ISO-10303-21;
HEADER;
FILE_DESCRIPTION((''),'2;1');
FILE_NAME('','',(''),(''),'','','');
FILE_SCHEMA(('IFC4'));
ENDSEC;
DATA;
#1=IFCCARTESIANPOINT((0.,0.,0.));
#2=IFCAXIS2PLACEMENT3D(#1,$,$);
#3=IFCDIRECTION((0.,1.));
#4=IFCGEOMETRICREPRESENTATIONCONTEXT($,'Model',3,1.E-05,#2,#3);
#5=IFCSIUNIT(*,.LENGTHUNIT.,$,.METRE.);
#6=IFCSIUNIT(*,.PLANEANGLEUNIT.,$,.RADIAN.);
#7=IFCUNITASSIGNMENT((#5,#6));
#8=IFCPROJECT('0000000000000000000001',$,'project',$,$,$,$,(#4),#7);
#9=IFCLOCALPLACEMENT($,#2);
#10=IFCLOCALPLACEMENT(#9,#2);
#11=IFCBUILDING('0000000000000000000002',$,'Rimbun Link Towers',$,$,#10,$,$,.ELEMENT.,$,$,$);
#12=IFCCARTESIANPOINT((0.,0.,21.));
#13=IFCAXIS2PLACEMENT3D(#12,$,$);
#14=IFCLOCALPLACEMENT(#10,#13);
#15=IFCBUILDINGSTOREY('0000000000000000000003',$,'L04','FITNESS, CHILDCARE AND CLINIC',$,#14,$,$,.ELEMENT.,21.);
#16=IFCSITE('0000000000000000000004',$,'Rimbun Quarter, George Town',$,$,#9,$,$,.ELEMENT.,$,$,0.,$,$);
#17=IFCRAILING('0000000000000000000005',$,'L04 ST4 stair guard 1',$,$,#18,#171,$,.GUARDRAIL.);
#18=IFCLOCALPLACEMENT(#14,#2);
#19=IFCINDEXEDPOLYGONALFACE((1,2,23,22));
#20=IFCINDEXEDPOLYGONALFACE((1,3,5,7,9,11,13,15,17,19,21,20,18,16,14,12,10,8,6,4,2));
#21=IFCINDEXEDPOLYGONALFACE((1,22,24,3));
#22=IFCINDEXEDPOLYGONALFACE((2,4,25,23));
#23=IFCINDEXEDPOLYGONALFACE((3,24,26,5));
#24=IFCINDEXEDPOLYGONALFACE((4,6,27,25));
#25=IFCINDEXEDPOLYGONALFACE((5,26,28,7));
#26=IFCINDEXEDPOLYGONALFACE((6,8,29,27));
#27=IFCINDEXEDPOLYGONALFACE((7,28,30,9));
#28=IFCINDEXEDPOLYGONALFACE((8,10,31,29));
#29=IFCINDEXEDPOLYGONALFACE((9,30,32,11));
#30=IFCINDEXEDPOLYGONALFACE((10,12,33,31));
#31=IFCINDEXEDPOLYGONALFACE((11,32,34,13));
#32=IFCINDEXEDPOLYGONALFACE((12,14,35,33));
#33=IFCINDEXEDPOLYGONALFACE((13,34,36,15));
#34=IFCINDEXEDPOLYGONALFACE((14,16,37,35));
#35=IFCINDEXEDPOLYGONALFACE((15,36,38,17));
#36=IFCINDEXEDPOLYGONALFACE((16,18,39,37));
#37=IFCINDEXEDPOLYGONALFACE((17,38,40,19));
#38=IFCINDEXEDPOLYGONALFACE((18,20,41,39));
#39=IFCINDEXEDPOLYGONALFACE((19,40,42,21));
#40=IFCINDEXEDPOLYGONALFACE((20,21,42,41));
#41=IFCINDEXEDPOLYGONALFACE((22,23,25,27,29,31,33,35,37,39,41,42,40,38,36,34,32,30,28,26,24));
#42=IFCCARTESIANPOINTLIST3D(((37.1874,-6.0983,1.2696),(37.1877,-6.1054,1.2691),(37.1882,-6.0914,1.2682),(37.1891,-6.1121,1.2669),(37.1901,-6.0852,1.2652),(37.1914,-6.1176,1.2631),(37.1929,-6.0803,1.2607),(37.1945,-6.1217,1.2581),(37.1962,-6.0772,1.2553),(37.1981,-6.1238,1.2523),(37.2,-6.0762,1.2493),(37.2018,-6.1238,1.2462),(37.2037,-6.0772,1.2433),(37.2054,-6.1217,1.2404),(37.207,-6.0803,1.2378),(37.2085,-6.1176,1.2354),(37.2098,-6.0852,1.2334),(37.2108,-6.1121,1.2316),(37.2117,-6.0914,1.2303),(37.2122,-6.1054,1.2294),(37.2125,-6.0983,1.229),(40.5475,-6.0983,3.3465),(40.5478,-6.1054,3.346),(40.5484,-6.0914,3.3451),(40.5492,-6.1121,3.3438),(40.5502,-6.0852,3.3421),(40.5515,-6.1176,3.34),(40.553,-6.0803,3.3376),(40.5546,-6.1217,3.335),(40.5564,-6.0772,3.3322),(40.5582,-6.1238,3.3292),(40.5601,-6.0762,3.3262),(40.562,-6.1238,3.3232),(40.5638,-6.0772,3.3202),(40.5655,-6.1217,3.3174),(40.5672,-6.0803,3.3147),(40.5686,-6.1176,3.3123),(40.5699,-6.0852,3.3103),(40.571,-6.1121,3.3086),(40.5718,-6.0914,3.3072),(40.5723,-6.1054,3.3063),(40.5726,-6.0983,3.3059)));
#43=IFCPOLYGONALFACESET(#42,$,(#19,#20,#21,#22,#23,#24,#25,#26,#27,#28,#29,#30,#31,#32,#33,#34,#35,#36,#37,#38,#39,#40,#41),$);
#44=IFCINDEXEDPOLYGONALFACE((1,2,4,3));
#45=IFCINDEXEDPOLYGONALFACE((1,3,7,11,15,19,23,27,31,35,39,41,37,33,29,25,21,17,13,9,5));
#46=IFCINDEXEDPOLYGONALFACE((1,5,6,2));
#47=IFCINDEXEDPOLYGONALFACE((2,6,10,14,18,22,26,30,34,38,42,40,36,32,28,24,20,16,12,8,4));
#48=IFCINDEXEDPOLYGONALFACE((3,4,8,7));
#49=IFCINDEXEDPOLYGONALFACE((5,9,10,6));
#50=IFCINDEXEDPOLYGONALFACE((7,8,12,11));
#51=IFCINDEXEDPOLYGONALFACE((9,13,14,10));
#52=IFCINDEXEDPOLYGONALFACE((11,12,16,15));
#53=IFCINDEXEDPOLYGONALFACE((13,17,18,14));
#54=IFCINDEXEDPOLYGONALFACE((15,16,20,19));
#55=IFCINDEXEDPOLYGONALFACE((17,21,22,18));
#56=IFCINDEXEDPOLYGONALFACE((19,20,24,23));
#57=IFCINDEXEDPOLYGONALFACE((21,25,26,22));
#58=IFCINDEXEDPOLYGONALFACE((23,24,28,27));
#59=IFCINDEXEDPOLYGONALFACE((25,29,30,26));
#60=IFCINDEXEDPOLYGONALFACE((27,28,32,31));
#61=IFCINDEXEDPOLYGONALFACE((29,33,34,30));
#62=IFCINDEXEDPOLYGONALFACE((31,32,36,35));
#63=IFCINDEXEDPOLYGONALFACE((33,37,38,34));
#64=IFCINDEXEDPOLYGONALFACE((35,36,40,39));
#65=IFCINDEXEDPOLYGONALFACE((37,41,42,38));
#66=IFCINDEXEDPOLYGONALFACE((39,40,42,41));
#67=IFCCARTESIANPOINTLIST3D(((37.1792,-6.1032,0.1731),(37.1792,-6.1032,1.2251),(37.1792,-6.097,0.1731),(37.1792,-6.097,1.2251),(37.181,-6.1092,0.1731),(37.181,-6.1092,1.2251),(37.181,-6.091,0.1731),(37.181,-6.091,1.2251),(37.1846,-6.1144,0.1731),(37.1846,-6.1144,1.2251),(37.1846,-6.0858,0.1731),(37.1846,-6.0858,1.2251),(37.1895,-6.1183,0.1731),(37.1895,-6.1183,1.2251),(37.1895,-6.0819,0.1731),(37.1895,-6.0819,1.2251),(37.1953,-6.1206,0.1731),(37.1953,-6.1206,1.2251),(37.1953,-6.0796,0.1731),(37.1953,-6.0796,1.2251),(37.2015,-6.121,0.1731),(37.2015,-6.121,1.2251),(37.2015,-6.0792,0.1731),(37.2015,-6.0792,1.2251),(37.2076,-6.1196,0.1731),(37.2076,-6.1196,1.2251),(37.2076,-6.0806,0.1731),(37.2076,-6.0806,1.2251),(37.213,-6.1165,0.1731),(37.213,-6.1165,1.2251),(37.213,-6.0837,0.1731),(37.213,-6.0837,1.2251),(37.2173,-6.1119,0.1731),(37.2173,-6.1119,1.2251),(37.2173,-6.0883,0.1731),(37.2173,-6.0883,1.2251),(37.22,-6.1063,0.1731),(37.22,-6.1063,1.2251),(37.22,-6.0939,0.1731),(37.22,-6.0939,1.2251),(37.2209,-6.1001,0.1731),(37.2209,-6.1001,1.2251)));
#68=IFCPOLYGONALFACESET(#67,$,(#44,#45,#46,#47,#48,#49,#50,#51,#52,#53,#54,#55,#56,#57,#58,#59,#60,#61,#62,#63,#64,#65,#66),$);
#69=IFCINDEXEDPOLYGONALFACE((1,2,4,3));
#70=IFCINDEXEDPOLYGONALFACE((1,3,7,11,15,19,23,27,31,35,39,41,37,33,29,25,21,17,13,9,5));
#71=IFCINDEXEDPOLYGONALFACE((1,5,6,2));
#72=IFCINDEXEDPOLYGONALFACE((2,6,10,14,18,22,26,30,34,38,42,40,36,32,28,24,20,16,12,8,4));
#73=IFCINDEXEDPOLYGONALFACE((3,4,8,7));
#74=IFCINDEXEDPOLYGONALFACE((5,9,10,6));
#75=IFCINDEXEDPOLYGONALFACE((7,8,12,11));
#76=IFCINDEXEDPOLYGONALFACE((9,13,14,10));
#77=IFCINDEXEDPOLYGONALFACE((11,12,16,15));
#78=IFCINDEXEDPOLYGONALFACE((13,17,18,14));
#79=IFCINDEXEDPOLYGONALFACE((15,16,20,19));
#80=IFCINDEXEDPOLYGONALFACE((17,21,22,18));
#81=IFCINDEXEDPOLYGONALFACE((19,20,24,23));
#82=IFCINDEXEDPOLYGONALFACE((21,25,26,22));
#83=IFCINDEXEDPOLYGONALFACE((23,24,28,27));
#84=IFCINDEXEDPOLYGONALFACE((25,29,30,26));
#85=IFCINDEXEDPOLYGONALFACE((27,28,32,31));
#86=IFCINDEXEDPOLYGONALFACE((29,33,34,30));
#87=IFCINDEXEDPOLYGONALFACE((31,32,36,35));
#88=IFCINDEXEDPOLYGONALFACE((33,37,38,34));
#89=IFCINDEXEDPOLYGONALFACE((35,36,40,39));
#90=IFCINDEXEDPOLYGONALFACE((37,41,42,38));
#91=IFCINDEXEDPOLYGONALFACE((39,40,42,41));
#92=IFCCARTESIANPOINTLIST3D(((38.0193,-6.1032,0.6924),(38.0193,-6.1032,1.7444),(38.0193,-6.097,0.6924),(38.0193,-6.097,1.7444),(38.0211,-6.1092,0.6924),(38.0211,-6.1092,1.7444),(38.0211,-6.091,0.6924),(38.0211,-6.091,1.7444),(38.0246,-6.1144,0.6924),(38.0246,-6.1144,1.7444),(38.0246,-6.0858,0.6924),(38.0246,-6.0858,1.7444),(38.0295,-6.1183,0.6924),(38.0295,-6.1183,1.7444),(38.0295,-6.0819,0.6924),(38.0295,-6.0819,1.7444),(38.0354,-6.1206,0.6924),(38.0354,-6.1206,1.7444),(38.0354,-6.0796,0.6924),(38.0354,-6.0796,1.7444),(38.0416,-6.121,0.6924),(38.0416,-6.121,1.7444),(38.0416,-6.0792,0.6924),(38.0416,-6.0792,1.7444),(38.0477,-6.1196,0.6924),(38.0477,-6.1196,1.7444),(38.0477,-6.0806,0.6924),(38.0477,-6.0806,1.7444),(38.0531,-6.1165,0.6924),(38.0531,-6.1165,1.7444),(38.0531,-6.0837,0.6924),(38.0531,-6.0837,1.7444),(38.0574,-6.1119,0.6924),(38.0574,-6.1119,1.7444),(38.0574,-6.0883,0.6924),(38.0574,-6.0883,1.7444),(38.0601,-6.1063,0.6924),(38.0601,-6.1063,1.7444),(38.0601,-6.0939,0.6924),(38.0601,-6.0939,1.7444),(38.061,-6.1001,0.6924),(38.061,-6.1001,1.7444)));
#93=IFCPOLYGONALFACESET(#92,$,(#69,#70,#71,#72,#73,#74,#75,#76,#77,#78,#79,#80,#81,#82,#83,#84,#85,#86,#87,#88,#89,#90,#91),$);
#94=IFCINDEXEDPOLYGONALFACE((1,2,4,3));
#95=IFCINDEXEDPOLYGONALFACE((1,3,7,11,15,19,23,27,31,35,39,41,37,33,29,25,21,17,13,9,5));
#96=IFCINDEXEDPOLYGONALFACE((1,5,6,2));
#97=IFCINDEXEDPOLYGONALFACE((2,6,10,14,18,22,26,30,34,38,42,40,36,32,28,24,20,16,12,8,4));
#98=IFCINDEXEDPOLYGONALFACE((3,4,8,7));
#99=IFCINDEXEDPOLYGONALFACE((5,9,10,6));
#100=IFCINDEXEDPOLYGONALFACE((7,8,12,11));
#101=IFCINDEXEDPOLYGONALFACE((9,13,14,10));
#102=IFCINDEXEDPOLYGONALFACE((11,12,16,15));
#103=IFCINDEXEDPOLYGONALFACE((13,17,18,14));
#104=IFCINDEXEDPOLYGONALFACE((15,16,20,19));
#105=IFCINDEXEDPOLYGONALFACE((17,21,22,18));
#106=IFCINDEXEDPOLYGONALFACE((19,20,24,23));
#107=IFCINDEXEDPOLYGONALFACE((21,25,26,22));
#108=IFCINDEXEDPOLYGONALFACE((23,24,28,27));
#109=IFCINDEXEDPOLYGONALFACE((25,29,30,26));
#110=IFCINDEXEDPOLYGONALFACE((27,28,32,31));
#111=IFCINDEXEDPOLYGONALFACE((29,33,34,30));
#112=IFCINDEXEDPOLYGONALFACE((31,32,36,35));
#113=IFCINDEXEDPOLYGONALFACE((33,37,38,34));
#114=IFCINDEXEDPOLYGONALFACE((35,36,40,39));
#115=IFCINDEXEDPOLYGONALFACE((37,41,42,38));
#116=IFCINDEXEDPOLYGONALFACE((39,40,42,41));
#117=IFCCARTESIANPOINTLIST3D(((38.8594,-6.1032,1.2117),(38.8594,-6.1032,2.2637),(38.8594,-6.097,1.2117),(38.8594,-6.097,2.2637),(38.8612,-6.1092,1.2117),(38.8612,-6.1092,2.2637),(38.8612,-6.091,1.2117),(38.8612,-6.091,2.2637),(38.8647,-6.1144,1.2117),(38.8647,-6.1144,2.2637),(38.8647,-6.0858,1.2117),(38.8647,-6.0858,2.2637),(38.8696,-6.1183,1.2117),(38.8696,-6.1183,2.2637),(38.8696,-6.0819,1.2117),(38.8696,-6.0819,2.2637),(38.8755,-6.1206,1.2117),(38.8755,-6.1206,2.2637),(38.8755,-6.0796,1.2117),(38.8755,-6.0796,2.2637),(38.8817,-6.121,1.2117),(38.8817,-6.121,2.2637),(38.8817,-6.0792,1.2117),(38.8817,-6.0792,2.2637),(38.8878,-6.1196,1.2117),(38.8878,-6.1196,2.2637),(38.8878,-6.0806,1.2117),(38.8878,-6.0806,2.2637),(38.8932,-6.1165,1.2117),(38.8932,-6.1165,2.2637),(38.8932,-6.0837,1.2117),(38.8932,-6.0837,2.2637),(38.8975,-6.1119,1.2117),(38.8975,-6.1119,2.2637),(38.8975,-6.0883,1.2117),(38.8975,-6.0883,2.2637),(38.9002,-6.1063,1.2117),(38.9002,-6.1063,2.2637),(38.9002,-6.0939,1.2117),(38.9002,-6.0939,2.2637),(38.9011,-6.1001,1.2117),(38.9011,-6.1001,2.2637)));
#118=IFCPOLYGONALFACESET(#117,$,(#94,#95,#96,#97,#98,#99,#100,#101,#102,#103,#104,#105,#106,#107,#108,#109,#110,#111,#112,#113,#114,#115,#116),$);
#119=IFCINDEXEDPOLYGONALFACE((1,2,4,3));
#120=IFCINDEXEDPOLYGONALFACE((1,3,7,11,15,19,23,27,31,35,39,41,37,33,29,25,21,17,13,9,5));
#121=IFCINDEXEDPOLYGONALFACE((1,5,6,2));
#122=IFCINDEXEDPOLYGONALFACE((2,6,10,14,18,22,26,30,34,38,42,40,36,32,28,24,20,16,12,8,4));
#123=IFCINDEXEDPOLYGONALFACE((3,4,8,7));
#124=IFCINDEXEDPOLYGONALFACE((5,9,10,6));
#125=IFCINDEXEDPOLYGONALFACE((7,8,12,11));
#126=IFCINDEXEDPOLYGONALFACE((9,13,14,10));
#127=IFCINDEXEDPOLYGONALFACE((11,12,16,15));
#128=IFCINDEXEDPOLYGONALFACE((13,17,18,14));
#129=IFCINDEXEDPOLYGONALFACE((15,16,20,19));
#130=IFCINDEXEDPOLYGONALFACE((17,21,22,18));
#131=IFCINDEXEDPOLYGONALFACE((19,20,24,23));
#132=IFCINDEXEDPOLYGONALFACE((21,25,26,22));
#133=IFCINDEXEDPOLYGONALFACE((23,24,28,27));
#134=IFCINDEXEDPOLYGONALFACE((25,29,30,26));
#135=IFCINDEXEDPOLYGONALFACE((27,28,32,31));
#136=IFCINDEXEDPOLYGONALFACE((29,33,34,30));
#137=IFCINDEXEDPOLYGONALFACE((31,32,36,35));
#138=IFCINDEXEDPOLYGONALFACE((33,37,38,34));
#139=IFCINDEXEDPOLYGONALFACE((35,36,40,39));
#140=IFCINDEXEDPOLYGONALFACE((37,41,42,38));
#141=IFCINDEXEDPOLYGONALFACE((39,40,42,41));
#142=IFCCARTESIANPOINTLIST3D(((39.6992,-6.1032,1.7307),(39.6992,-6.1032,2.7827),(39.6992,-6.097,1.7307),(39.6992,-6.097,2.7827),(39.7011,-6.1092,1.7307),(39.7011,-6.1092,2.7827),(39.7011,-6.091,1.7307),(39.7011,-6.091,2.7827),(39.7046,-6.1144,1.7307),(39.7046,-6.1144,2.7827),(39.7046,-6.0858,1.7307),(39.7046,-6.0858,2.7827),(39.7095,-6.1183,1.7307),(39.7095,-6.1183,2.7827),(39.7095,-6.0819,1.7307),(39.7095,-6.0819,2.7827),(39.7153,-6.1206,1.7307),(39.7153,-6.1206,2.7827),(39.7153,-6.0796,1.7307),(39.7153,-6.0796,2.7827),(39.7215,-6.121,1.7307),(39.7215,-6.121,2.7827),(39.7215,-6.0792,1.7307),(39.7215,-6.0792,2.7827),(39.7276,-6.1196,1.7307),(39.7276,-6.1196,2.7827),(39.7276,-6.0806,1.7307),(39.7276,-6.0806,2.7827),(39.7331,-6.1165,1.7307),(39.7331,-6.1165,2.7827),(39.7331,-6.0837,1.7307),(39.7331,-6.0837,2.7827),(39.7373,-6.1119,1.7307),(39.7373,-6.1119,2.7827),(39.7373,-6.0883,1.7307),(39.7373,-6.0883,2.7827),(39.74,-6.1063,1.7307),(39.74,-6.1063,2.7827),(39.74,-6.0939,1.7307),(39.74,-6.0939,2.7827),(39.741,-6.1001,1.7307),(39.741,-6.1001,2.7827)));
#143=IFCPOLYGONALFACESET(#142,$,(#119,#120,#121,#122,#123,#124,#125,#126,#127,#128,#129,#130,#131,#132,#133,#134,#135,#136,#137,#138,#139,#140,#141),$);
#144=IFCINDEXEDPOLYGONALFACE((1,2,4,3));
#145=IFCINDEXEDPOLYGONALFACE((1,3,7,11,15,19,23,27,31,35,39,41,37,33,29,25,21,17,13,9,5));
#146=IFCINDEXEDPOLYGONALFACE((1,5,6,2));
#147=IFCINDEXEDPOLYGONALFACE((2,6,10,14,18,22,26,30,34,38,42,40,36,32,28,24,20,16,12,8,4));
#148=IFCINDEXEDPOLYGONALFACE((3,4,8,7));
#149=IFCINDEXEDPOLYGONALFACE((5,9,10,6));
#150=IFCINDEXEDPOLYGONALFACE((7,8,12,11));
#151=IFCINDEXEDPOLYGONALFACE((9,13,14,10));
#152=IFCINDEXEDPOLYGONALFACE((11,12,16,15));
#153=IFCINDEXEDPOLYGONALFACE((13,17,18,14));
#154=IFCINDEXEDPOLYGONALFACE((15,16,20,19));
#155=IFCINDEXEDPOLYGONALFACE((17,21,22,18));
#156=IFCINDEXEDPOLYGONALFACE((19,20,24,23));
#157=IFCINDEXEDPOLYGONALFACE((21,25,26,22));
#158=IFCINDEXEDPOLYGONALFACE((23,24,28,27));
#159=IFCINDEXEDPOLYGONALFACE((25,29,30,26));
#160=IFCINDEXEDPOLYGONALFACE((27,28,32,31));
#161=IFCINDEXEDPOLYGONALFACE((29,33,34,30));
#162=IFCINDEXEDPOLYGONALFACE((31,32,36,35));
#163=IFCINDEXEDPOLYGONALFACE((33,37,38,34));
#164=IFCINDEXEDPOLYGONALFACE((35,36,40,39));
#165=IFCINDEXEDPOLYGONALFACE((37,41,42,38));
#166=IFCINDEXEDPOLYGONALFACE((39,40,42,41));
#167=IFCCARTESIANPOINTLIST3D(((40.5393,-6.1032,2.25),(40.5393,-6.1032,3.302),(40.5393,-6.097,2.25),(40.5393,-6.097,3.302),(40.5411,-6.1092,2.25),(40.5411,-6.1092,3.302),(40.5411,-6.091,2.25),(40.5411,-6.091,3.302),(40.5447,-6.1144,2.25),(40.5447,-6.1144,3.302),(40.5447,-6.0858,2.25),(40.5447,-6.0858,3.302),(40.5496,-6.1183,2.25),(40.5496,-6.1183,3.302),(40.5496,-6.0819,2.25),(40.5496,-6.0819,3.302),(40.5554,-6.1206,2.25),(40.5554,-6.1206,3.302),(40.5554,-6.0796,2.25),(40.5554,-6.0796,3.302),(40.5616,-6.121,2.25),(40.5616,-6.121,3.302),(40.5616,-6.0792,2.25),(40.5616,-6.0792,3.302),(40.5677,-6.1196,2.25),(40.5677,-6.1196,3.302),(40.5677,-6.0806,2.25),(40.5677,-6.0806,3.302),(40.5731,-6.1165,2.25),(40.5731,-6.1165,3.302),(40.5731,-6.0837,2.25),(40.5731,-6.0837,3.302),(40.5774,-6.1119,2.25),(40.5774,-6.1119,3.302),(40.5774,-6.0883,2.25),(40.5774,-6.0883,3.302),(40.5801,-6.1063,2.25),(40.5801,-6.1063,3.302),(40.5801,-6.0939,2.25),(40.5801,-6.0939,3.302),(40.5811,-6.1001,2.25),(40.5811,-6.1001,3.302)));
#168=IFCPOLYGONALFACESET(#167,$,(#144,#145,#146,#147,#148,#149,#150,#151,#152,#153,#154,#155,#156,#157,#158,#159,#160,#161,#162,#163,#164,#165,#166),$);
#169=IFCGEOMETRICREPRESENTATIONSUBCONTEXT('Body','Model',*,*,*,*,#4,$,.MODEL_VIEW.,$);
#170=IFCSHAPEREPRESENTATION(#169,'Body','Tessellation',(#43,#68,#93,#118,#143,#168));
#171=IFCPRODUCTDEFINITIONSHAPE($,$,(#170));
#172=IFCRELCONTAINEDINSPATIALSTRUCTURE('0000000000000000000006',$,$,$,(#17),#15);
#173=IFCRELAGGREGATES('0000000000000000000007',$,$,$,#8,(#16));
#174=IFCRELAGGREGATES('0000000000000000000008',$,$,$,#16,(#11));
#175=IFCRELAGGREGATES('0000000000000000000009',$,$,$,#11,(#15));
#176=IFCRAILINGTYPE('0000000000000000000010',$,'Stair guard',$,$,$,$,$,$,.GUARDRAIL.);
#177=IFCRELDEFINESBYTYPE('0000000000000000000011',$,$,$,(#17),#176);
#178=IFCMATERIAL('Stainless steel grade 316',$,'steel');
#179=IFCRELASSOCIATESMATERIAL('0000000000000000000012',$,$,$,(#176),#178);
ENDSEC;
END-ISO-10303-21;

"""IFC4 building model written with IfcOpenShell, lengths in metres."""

from ifc_helpers import new_model, si_unit, direction, frame, origin, origin_2d, place, context, subcontext, project, spatial, circle, extrude, material, type_object, element, save


model = new_model("IFC4")

# Units and contexts
model_context = context("Model", 3, precision=1e-05, world=origin(), true_north=direction((0.0, 1.0)))
body_context = subcontext(model_context, "Body", "Model", "MODEL_VIEW")
ifc_project = project(units=[si_unit("LENGTHUNIT", "METRE"), si_unit("PLANEANGLEUNIT", "RADIAN")], contexts=[model_context])

# Site, building, storey
site_placement = place(None, origin())
site = spatial("IfcSite", under=ifc_project, at=site_placement, Name="Rimbun Quarter, George Town", CompositionType="ELEMENT", RefElevation=0.0)
building_placement = place(site_placement, origin())
building = spatial("IfcBuilding", under=site, at=building_placement, Name="Rimbun Link Towers", CompositionType="ELEMENT")
storey_placement = place(building_placement, frame((0.0, 0.0, 21.0)))
storey = spatial("IfcBuildingStorey", under=building, at=storey_placement, Name="L04", Description="FITNESS, CHILDCARE AND CLINIC", CompositionType="ELEMENT", Elevation=21.0)

# Railing
ifc_material_1 = material(Name="Stainless steel grade 316", Category="steel")
railing_type_1 = type_object("IfcRailingType", Name="Stair guard", PredefinedType="GUARDRAIL", material=ifc_material_1)
railing_1_placement = place(storey_placement, frame((37.2, -6.1001, 0.1731)))
element("IfcRailing", 1, at=railing_1_placement, inside=storey, type_object=railing_type_1, Name="L04 ST4 stair guard 1", PredefinedType="GUARDRAIL", context=body_context, shape_type="SweptSolid", body=[
    extrude(circle(Radius=0.0239, at=origin_2d()), frame((0.0, 0.0, 1.0762), z_axis=(0.850623, 0.0, 0.525776), x_axis=(0.0, 1.0, 0.0)), (0.0, 0.0, 1.0), 3.9502),
    extrude(circle(Radius=0.021, at=origin_2d()), origin(), (0.0, 0.0, 1.0), 1.052),
    extrude(circle(Radius=0.021, at=origin_2d()), frame((0.8401, 0.0, 0.5193)), (0.0, 0.0, 1.0), 1.052),
    extrude(circle(Radius=0.021, at=origin_2d()), frame((1.6802, 0.0, 1.0386)), (0.0, 0.0, 1.0), 1.052),
    extrude(circle(Radius=0.021, at=origin_2d()), frame((2.52, 0.0, 1.5576)), (0.0, 0.0, 1.0), 1.052),
    extrude(circle(Radius=0.021, at=origin_2d()), frame((3.3601, 0.0, 2.0769)), (0.0, 0.0, 1.0), 1.052),
])

save(model, "model.ifc")
